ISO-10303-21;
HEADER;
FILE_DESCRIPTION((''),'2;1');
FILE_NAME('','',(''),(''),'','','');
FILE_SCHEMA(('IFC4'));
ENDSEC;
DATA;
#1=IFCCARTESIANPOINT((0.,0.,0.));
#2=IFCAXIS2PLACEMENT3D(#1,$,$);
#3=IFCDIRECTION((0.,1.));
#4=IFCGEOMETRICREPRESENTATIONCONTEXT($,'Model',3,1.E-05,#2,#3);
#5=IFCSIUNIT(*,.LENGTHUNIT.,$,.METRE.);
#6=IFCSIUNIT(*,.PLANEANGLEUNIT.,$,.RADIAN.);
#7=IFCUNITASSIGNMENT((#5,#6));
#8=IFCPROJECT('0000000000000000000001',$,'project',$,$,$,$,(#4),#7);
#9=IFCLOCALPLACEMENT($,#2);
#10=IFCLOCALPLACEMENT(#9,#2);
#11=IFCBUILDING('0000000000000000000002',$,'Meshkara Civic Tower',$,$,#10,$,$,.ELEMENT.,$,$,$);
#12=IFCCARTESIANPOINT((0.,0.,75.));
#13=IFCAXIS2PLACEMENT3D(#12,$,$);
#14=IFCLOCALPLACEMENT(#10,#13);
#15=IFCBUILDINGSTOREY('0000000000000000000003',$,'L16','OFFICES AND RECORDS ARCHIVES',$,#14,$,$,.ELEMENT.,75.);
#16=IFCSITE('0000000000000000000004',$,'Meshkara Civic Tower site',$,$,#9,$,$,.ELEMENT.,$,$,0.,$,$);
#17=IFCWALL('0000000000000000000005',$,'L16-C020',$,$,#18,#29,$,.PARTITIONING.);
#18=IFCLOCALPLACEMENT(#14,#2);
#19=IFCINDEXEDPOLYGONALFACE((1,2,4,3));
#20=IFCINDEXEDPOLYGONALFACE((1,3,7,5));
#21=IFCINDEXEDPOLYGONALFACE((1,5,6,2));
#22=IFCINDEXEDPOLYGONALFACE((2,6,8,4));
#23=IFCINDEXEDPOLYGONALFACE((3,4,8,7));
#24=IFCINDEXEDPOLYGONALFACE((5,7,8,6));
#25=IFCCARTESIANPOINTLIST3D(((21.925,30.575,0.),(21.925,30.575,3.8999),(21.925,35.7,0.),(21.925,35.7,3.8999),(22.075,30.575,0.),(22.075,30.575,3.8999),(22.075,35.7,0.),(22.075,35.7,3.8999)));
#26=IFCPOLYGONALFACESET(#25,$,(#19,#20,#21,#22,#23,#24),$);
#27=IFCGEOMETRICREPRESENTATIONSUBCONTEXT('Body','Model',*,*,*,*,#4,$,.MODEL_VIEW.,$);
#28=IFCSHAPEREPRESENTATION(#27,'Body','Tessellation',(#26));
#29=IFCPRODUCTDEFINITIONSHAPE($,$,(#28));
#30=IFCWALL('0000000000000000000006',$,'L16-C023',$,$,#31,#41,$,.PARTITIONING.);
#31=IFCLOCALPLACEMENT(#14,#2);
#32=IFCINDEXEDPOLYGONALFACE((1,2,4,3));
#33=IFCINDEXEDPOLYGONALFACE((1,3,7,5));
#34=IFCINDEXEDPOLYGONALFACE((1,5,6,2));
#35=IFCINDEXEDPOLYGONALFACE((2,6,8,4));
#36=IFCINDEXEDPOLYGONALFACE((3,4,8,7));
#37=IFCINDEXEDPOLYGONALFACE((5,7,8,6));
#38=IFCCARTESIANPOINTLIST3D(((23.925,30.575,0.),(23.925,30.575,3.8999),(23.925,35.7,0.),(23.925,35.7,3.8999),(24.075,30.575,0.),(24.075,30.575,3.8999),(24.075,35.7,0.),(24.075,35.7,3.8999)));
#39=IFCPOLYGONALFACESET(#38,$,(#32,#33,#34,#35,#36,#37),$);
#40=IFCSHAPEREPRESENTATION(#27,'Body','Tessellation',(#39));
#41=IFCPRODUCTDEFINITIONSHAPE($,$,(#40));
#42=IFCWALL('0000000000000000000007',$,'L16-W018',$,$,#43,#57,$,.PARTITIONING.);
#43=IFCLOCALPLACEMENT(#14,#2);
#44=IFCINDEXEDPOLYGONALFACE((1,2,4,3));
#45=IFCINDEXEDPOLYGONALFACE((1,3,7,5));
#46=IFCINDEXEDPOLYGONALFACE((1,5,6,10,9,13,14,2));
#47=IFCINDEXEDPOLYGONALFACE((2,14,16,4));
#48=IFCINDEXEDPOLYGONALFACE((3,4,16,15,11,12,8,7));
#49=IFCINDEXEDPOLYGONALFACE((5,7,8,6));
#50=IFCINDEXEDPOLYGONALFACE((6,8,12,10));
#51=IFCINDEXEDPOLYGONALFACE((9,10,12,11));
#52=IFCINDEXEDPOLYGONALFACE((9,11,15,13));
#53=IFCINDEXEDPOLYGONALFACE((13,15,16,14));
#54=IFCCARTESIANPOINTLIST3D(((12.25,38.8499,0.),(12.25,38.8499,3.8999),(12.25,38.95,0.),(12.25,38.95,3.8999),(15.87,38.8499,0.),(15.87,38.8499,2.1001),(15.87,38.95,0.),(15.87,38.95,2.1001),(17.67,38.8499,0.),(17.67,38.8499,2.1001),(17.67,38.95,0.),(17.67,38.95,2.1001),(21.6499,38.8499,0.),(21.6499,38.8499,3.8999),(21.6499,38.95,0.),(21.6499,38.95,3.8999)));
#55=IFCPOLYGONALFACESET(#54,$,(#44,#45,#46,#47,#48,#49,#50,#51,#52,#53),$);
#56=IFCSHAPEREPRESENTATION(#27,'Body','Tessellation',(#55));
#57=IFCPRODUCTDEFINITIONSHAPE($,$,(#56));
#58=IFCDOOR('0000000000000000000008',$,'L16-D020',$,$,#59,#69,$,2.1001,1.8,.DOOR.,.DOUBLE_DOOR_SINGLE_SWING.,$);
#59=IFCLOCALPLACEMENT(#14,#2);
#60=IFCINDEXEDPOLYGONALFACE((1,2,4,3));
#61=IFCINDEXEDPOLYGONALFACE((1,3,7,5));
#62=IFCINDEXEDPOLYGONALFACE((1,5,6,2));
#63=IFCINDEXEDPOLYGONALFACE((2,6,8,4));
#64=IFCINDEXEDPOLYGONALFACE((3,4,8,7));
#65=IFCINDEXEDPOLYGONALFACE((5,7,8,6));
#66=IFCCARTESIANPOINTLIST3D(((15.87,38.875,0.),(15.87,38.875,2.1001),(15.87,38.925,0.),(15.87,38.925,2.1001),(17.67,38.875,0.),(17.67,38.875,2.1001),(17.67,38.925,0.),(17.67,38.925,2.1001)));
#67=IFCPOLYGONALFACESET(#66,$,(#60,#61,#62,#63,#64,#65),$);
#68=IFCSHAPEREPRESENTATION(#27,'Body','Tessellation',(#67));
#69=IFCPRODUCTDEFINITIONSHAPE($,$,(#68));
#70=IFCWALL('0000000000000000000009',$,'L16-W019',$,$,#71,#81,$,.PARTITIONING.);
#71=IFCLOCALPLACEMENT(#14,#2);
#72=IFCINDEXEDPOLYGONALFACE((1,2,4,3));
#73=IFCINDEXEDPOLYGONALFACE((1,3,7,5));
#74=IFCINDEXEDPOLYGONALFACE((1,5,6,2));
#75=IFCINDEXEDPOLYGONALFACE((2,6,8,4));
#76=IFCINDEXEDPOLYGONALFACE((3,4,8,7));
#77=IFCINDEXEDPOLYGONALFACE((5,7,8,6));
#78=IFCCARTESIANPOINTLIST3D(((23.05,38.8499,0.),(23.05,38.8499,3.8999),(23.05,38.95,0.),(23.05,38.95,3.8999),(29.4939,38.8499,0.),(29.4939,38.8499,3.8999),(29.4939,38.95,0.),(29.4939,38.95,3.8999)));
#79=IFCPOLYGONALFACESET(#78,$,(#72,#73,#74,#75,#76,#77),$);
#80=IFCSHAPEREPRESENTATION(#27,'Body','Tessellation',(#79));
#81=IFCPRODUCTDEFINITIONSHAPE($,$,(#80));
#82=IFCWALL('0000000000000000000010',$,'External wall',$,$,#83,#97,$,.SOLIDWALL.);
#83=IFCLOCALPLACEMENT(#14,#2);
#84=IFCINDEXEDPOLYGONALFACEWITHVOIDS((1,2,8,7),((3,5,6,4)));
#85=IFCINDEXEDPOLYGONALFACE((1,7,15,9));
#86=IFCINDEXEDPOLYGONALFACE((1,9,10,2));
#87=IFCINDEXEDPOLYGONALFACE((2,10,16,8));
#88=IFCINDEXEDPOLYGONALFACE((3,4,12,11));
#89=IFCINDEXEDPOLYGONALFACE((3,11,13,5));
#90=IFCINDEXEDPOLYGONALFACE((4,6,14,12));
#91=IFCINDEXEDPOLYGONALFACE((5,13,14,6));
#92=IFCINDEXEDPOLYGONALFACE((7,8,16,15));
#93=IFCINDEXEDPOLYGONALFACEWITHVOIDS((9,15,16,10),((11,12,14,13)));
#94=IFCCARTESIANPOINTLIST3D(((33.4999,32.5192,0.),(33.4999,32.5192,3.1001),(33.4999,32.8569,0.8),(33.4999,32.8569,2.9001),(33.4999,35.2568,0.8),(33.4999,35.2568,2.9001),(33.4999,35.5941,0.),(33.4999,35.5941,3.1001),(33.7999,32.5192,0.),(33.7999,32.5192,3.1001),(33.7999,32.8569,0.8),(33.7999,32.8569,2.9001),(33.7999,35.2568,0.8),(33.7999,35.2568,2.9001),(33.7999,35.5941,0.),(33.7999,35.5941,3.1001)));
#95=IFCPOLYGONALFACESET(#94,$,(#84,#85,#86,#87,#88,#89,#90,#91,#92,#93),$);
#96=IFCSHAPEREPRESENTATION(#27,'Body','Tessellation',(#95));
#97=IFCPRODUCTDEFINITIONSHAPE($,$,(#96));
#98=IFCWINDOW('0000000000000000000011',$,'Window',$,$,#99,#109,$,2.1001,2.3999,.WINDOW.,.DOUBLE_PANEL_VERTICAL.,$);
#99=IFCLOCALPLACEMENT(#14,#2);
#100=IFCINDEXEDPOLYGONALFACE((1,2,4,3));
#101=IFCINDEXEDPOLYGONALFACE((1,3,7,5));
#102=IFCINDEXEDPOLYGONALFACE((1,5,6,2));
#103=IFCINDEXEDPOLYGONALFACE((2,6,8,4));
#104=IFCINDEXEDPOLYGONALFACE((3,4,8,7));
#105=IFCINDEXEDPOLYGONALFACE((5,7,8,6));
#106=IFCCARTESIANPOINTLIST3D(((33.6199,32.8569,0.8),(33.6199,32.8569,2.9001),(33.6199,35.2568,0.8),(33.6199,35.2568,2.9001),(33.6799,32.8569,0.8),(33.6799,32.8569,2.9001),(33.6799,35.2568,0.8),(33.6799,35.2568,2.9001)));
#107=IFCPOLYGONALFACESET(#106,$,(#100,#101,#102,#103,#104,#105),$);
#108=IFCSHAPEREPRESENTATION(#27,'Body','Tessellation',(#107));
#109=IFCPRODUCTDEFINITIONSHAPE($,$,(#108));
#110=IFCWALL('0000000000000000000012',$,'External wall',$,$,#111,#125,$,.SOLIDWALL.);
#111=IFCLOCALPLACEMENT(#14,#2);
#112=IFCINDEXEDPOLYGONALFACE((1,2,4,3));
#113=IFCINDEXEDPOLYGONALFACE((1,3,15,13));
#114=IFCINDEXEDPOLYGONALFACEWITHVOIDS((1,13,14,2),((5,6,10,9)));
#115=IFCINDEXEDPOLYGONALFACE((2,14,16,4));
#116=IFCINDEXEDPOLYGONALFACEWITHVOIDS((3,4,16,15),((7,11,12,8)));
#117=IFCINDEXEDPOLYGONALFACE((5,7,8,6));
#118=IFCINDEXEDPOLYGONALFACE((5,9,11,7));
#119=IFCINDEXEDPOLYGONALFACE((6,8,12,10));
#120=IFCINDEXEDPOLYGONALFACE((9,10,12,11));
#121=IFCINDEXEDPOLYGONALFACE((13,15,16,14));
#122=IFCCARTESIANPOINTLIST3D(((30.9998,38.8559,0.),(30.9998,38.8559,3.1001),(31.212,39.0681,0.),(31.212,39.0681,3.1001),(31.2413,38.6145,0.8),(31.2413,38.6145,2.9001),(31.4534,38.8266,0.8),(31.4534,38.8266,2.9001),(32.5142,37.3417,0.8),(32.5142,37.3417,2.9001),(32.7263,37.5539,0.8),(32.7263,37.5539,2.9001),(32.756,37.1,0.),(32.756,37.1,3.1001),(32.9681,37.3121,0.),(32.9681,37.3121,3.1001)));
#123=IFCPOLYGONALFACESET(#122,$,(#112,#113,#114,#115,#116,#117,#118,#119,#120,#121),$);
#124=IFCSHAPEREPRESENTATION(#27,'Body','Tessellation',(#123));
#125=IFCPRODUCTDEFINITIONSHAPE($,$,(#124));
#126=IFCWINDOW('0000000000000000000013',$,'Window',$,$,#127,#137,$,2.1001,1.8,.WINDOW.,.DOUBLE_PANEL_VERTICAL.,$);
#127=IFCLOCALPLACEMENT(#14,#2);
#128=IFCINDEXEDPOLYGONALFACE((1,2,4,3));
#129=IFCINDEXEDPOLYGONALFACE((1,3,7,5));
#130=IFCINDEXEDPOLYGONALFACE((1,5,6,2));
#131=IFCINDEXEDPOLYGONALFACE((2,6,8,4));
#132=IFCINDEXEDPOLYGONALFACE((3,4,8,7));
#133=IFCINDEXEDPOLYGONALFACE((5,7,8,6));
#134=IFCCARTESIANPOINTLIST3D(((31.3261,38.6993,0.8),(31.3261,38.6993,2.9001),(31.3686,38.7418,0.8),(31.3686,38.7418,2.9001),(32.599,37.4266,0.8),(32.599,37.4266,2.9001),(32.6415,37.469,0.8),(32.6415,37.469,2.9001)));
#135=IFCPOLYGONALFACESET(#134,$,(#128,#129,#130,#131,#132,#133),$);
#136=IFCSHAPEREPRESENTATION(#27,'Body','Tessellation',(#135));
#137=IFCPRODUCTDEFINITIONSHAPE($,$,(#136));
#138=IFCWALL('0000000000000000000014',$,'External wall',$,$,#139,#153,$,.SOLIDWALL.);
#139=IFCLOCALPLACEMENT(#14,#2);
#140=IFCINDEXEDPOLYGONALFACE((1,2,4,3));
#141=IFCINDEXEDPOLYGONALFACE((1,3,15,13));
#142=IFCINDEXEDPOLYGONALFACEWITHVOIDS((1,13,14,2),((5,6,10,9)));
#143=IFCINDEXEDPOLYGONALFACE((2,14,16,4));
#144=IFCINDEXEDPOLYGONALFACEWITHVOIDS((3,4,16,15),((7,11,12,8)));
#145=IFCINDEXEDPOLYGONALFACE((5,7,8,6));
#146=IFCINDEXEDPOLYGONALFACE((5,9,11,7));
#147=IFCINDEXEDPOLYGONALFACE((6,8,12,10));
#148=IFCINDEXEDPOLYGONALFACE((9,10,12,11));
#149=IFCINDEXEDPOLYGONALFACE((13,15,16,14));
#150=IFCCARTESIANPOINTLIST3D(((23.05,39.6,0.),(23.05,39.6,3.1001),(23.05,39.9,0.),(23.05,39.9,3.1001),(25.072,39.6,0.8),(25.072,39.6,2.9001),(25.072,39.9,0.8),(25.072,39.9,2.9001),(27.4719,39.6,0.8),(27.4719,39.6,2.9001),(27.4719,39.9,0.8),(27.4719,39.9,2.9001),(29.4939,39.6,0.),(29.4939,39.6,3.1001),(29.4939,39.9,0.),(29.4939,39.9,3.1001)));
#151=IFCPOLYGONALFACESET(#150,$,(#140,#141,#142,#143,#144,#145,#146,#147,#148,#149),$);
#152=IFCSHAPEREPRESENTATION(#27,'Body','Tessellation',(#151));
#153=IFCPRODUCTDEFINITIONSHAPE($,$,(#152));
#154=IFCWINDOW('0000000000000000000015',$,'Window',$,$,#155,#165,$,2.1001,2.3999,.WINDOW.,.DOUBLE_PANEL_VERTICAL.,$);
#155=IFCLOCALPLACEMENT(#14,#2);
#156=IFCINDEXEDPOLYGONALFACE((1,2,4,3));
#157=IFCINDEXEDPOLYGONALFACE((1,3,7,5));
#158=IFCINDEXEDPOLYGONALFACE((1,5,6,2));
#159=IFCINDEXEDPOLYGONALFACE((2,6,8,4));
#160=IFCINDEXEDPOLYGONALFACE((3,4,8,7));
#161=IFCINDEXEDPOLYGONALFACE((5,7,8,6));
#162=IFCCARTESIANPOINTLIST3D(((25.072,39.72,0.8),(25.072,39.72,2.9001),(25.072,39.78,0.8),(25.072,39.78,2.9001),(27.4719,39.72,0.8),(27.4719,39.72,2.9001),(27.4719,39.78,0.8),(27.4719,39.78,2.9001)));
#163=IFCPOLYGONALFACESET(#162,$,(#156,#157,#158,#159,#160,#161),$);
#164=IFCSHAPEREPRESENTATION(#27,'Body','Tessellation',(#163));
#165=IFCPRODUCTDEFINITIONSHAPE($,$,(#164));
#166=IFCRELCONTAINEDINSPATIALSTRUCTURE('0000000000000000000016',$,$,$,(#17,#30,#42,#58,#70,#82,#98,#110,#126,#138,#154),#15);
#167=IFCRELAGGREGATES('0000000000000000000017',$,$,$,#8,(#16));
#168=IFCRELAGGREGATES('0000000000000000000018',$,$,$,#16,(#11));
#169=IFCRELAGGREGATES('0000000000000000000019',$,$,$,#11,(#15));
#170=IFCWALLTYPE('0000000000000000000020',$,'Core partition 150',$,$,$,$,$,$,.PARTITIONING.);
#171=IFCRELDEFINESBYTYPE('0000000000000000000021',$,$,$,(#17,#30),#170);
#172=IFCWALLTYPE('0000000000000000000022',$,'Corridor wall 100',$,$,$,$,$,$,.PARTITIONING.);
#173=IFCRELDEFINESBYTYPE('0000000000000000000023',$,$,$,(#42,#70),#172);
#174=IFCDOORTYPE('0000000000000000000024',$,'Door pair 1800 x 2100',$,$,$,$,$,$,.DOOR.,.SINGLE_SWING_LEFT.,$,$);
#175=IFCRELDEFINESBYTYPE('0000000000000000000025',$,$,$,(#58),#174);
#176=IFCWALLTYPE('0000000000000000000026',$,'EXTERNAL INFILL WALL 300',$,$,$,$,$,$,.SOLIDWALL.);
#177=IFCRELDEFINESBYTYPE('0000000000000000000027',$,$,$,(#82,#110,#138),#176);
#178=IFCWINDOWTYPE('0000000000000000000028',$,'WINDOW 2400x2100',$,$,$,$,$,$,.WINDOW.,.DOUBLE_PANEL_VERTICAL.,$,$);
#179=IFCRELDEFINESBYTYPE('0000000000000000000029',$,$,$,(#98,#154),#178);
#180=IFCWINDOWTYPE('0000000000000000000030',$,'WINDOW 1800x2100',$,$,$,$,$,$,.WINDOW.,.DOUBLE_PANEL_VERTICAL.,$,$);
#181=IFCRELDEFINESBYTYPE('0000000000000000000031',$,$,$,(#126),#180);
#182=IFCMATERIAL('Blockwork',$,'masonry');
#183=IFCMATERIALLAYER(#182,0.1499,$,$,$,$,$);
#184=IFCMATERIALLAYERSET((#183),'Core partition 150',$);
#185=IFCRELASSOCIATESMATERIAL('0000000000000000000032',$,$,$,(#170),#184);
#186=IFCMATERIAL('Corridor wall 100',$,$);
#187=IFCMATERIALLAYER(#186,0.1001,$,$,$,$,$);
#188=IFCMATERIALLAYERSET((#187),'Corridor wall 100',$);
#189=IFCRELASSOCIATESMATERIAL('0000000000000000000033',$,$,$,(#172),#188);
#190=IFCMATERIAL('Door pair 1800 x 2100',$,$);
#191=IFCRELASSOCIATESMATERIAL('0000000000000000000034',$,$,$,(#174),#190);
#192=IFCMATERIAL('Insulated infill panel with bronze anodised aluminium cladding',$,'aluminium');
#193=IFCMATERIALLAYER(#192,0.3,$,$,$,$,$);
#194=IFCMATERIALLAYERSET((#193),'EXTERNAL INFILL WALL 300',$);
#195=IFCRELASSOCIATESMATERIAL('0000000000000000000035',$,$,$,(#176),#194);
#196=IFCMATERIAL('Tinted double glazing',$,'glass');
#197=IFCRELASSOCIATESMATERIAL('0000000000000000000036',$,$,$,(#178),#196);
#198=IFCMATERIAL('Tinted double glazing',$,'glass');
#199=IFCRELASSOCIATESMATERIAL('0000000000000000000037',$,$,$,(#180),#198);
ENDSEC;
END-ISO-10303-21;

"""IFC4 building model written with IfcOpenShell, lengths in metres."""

from ifc_helpers import new_model, si_unit, direction, frame, frame_2d, origin, place, context, subcontext, project, spatial, rectangle, extrude, material, layer, layer_set, type_object, element, fill, save


model = new_model("IFC4")

# Units and contexts
model_context = context("Model", 3, precision=1e-05, world=origin(), true_north=direction((0.0, 1.0)))
body_context = subcontext(model_context, "Body", "Model", "MODEL_VIEW")
ifc_project = project(units=[si_unit("LENGTHUNIT", "METRE"), si_unit("PLANEANGLEUNIT", "RADIAN")], contexts=[model_context])

# Site, building, storey
site_placement = place(None, origin())
site = spatial("IfcSite", under=ifc_project, at=site_placement, Name="Meshkara Civic Tower site", CompositionType="ELEMENT", RefElevation=0.0)
building_placement = place(site_placement, origin())
building = spatial("IfcBuilding", under=site, at=building_placement, Name="Meshkara Civic Tower", CompositionType="ELEMENT")
storey_placement = place(building_placement, frame((0.0, 0.0, 75.0)))
storey = spatial("IfcBuildingStorey", under=building, at=storey_placement, Name="L16", Description="OFFICES AND RECORDS ARCHIVES", CompositionType="ELEMENT", Elevation=75.0)

# Shared definitions
ifc_material_1 = material(Name="Blockwork", Category="masonry")
ifc_layer_1 = layer(ifc_material_1, 0.1499)
ifc_layer_set_1 = layer_set([ifc_layer_1], Name="Core partition 150")
wall_type_1 = type_object("IfcWallType", Name="Core partition 150", PredefinedType="PARTITIONING", material=ifc_layer_set_1)

# Walls
for number, where, z_axis, x_axis, name in (
    (1, (22.0, 30.575, 0.0), (0.0, 0.0, 1.0), (0.0, 1.0, 0.0), "L16-C020"),
    (2, (24.0, 30.575, 0.0), (0.0, 0.0, 1.0), (0.0, 1.0, 0.0), "L16-C023"),
):
    element("IfcWall", number, at=place(storey_placement, frame(where, z_axis=z_axis, x_axis=x_axis)), inside=storey, type_object=wall_type_1, Name=name, PredefinedType="PARTITIONING", context=body_context, shape_type="SweptSolid", body=[
        extrude(rectangle(XDim=5.125, YDim=0.1499, at=frame_2d((2.5625, 0.0))), origin(), (0.0, 0.0, 1.0), 3.8999),
    ])

# Wall, opening, door
ifc_material_2 = material(Name="Corridor wall 100")
ifc_layer_2 = layer(ifc_material_2, 0.1001)
ifc_layer_set_2 = layer_set([ifc_layer_2], Name="Corridor wall 100")
wall_type_2 = type_object("IfcWallType", Name="Corridor wall 100", PredefinedType="PARTITIONING", material=ifc_layer_set_2)
wall_1_placement = place(storey_placement, frame((21.6499, 38.8999, 0.0), z_axis=(0.0, 0.0, 1.0), x_axis=(-1.0, 0.0, 0.0)))
wall_1 = element("IfcWall", 3, at=wall_1_placement, inside=storey, type_object=wall_type_2, Name="L16-W018", PredefinedType="PARTITIONING", context=body_context, shape_type="SweptSolid", body=[
    extrude(rectangle(XDim=9.3999, YDim=0.1001, at=frame_2d((4.7, 0.0))), origin(), (0.0, 0.0, 1.0), 3.8999),
])
opening_1_placement = place(wall_1_placement, frame((3.98, 0.0, 0.0)))
opening_1 = element("IfcOpeningElement", 4, at=opening_1_placement, cuts=wall_1, PredefinedType="OPENING", context=body_context, shape_type="SweptSolid", body=[
    extrude(rectangle(XDim=1.8, YDim=2.1001, at=frame_2d((0.8999, 1.05))), frame((0.0, 0.0601, 0.0), z_axis=(0.0, -1.0, 0.0), x_axis=(1.0, 0.0, 0.0)), (0.0, 0.0, 1.0), 0.1201),
])
ifc_material_3 = material(Name="Door pair 1800 x 2100")
door_type_1 = type_object("IfcDoorType", Name="Door pair 1800 x 2100", OperationType="SINGLE_SWING_LEFT", PredefinedType="DOOR", material=ifc_material_3)
door_1_placement = place(opening_1_placement, origin())
door_1 = element("IfcDoor", 5, at=door_1_placement, inside=storey, type_object=door_type_1, Name="L16-D020", OperationType="DOUBLE_DOOR_SINGLE_SWING", OverallHeight=2.1001, OverallWidth=1.8, PredefinedType="DOOR", context=body_context, shape_type="SweptSolid", body=[
    extrude(rectangle(XDim=1.8, YDim=2.1001, at=frame_2d((0.8999, 1.05))), frame((0.0, 0.0249, 0.0), z_axis=(0.0, -1.0, 0.0), x_axis=(1.0, 0.0, 0.0)), (0.0, 0.0, 1.0), 0.05),
])
fill(opening_1, door_1)

# Wall
wall_2_placement = place(storey_placement, frame((29.4939, 38.8999, 0.0), z_axis=(0.0, 0.0, 1.0), x_axis=(-1.0, 0.0, 0.0)))
element("IfcWall", 6, at=wall_2_placement, inside=storey, type_object=wall_type_2, Name="L16-W019", PredefinedType="PARTITIONING", context=body_context, shape_type="SweptSolid", body=[
    extrude(rectangle(XDim=6.4438, YDim=0.1001, at=frame_2d((3.2219, 0.0))), origin(), (0.0, 0.0, 1.0), 3.8999),
])

# Walls, openings, windows
ifc_material_4 = material(Name="Insulated infill panel with bronze anodised aluminium cladding", Category="aluminium")
ifc_layer_3 = layer(ifc_material_4, 0.3)
ifc_layer_set_3 = layer_set([ifc_layer_3], Name="EXTERNAL INFILL WALL 300")
wall_type_3 = type_object("IfcWallType", Name="EXTERNAL INFILL WALL 300", PredefinedType="SOLIDWALL", material=ifc_layer_set_3)
wall_3_placement = place(storey_placement, frame((33.6499, 32.519, 0.0), z_axis=(0.0, 0.0, 1.0), x_axis=(0.0, 1.0, 0.0)))
wall_3 = element("IfcWall", 7, at=wall_3_placement, inside=storey, type_object=wall_type_3, Name="External wall", PredefinedType="SOLIDWALL", context=body_context, shape_type="SweptSolid", body=[
    extrude(rectangle(XDim=3.075, YDim=0.3, at=frame_2d((1.5376, 0.0))), origin(), (0.0, 0.0, 1.0), 3.1001),
])
opening_2_placement = place(wall_3_placement, frame((0.3379, 0.0, 0.8)))
opening_2 = element("IfcOpeningElement", 8, at=opening_2_placement, cuts=wall_3, PredefinedType="OPENING", context=body_context, shape_type="SweptSolid", body=[
    extrude(rectangle(XDim=2.3999, YDim=2.1001, at=frame_2d((1.2, 1.05))), frame((0.0, 0.1599, 0.0), z_axis=(0.0, -1.0, 0.0), x_axis=(1.0, 0.0, 0.0)), (0.0, 0.0, 1.0), 0.3201),
])
ifc_material_5 = material(Name="Tinted double glazing", Category="glass")
window_type_1 = type_object("IfcWindowType", Name="WINDOW 2400x2100", PartitioningType="DOUBLE_PANEL_VERTICAL", PredefinedType="WINDOW", material=ifc_material_5)
window_1_placement = place(opening_2_placement, origin())
window_1 = element("IfcWindow", 9, at=window_1_placement, inside=storey, type_object=window_type_1, Name="Window", OverallHeight=2.1001, OverallWidth=2.3999, PartitioningType="DOUBLE_PANEL_VERTICAL", PredefinedType="WINDOW", context=body_context, shape_type="SweptSolid", body=[
    extrude(rectangle(XDim=2.3999, YDim=2.1001, at=frame_2d((1.2, 1.05))), frame((0.0, 0.03, 0.0), z_axis=(0.0, -1.0, 0.0), x_axis=(1.0, 0.0, 0.0)), (0.0, 0.0, 1.0), 0.0601),
])
fill(opening_2, window_1)
wall_4_placement = place(storey_placement, frame((32.8621, 37.2061, 0.0), z_axis=(0.0, 0.0, 1.0), x_axis=(-0.707156, 0.707058, 0.0)))
wall_4 = element("IfcWall", 10, at=wall_4_placement, inside=storey, type_object=wall_type_3, Name="External wall", PredefinedType="SOLIDWALL", context=body_context, shape_type="SweptSolid", body=[
    extrude(rectangle(XDim=2.4834, YDim=0.3, at=frame_2d((1.2417, 0.0))), origin(), (0.0, 0.0, 1.0), 3.1001),
])
opening_3_placement = place(wall_4_placement, frame((0.342, 0.0, 0.8)))
opening_3 = element("IfcOpeningElement", 11, at=opening_3_placement, cuts=wall_4, PredefinedType="OPENING", context=body_context, shape_type="SweptSolid", body=[
    extrude(rectangle(XDim=1.8, YDim=2.1001, at=frame_2d((0.8999, 1.05))), frame((0.0, 0.1599, 0.0), z_axis=(0.0, -1.0, 0.0), x_axis=(1.0, 0.0, 0.0)), (0.0, 0.0, 1.0), 0.3201),
])
ifc_material_6 = material(Name="Tinted double glazing", Category="glass")
window_type_2 = type_object("IfcWindowType", Name="WINDOW 1800x2100", PartitioningType="DOUBLE_PANEL_VERTICAL", PredefinedType="WINDOW", material=ifc_material_6)
window_2_placement = place(opening_3_placement, origin())
window_2 = element("IfcWindow", 12, at=window_2_placement, inside=storey, type_object=window_type_2, Name="Window", OverallHeight=2.1001, OverallWidth=1.8, PartitioningType="DOUBLE_PANEL_VERTICAL", PredefinedType="WINDOW", context=body_context, shape_type="SweptSolid", body=[
    extrude(rectangle(XDim=1.8, YDim=2.1001, at=frame_2d((0.8999, 1.05))), frame((0.0, 0.03, 0.0), z_axis=(0.0, -1.0, 0.0), x_axis=(1.0, 0.0, 0.0)), (0.0, 0.0, 1.0), 0.0601),
])
fill(opening_3, window_2)
wall_5_placement = place(storey_placement, frame((29.4939, 39.75, 0.0), z_axis=(0.0, 0.0, 1.0), x_axis=(-1.0, 0.0, 0.0)))
wall_5 = element("IfcWall", 13, at=wall_5_placement, inside=storey, type_object=wall_type_3, Name="External wall", PredefinedType="SOLIDWALL", context=body_context, shape_type="SweptSolid", body=[
    extrude(rectangle(XDim=6.4438, YDim=0.3, at=frame_2d((3.2219, 0.0))), origin(), (0.0, 0.0, 1.0), 3.1001),
])
opening_4_placement = place(wall_5_placement, frame((2.022, 0.0, 0.8)))
opening_4 = element("IfcOpeningElement", 14, at=opening_4_placement, cuts=wall_5, PredefinedType="OPENING", context=body_context, shape_type="SweptSolid", body=[
    extrude(rectangle(XDim=2.3999, YDim=2.1001, at=frame_2d((1.2, 1.05))), frame((0.0, 0.1599, 0.0), z_axis=(0.0, -1.0, 0.0), x_axis=(1.0, 0.0, 0.0)), (0.0, 0.0, 1.0), 0.3201),
])
window_3_placement = place(opening_4_placement, origin())
window_3 = element("IfcWindow", 15, at=window_3_placement, inside=storey, type_object=window_type_1, Name="Window", OverallHeight=2.1001, OverallWidth=2.3999, PartitioningType="DOUBLE_PANEL_VERTICAL", PredefinedType="WINDOW", context=body_context, shape_type="SweptSolid", body=[
    extrude(rectangle(XDim=2.3999, YDim=2.1001, at=frame_2d((1.2, 1.05))), frame((0.0, 0.03, 0.0), z_axis=(0.0, -1.0, 0.0), x_axis=(1.0, 0.0, 0.0)), (0.0, 0.0, 1.0), 0.0601),
])
fill(opening_4, window_3)

save(model, "model.ifc")
